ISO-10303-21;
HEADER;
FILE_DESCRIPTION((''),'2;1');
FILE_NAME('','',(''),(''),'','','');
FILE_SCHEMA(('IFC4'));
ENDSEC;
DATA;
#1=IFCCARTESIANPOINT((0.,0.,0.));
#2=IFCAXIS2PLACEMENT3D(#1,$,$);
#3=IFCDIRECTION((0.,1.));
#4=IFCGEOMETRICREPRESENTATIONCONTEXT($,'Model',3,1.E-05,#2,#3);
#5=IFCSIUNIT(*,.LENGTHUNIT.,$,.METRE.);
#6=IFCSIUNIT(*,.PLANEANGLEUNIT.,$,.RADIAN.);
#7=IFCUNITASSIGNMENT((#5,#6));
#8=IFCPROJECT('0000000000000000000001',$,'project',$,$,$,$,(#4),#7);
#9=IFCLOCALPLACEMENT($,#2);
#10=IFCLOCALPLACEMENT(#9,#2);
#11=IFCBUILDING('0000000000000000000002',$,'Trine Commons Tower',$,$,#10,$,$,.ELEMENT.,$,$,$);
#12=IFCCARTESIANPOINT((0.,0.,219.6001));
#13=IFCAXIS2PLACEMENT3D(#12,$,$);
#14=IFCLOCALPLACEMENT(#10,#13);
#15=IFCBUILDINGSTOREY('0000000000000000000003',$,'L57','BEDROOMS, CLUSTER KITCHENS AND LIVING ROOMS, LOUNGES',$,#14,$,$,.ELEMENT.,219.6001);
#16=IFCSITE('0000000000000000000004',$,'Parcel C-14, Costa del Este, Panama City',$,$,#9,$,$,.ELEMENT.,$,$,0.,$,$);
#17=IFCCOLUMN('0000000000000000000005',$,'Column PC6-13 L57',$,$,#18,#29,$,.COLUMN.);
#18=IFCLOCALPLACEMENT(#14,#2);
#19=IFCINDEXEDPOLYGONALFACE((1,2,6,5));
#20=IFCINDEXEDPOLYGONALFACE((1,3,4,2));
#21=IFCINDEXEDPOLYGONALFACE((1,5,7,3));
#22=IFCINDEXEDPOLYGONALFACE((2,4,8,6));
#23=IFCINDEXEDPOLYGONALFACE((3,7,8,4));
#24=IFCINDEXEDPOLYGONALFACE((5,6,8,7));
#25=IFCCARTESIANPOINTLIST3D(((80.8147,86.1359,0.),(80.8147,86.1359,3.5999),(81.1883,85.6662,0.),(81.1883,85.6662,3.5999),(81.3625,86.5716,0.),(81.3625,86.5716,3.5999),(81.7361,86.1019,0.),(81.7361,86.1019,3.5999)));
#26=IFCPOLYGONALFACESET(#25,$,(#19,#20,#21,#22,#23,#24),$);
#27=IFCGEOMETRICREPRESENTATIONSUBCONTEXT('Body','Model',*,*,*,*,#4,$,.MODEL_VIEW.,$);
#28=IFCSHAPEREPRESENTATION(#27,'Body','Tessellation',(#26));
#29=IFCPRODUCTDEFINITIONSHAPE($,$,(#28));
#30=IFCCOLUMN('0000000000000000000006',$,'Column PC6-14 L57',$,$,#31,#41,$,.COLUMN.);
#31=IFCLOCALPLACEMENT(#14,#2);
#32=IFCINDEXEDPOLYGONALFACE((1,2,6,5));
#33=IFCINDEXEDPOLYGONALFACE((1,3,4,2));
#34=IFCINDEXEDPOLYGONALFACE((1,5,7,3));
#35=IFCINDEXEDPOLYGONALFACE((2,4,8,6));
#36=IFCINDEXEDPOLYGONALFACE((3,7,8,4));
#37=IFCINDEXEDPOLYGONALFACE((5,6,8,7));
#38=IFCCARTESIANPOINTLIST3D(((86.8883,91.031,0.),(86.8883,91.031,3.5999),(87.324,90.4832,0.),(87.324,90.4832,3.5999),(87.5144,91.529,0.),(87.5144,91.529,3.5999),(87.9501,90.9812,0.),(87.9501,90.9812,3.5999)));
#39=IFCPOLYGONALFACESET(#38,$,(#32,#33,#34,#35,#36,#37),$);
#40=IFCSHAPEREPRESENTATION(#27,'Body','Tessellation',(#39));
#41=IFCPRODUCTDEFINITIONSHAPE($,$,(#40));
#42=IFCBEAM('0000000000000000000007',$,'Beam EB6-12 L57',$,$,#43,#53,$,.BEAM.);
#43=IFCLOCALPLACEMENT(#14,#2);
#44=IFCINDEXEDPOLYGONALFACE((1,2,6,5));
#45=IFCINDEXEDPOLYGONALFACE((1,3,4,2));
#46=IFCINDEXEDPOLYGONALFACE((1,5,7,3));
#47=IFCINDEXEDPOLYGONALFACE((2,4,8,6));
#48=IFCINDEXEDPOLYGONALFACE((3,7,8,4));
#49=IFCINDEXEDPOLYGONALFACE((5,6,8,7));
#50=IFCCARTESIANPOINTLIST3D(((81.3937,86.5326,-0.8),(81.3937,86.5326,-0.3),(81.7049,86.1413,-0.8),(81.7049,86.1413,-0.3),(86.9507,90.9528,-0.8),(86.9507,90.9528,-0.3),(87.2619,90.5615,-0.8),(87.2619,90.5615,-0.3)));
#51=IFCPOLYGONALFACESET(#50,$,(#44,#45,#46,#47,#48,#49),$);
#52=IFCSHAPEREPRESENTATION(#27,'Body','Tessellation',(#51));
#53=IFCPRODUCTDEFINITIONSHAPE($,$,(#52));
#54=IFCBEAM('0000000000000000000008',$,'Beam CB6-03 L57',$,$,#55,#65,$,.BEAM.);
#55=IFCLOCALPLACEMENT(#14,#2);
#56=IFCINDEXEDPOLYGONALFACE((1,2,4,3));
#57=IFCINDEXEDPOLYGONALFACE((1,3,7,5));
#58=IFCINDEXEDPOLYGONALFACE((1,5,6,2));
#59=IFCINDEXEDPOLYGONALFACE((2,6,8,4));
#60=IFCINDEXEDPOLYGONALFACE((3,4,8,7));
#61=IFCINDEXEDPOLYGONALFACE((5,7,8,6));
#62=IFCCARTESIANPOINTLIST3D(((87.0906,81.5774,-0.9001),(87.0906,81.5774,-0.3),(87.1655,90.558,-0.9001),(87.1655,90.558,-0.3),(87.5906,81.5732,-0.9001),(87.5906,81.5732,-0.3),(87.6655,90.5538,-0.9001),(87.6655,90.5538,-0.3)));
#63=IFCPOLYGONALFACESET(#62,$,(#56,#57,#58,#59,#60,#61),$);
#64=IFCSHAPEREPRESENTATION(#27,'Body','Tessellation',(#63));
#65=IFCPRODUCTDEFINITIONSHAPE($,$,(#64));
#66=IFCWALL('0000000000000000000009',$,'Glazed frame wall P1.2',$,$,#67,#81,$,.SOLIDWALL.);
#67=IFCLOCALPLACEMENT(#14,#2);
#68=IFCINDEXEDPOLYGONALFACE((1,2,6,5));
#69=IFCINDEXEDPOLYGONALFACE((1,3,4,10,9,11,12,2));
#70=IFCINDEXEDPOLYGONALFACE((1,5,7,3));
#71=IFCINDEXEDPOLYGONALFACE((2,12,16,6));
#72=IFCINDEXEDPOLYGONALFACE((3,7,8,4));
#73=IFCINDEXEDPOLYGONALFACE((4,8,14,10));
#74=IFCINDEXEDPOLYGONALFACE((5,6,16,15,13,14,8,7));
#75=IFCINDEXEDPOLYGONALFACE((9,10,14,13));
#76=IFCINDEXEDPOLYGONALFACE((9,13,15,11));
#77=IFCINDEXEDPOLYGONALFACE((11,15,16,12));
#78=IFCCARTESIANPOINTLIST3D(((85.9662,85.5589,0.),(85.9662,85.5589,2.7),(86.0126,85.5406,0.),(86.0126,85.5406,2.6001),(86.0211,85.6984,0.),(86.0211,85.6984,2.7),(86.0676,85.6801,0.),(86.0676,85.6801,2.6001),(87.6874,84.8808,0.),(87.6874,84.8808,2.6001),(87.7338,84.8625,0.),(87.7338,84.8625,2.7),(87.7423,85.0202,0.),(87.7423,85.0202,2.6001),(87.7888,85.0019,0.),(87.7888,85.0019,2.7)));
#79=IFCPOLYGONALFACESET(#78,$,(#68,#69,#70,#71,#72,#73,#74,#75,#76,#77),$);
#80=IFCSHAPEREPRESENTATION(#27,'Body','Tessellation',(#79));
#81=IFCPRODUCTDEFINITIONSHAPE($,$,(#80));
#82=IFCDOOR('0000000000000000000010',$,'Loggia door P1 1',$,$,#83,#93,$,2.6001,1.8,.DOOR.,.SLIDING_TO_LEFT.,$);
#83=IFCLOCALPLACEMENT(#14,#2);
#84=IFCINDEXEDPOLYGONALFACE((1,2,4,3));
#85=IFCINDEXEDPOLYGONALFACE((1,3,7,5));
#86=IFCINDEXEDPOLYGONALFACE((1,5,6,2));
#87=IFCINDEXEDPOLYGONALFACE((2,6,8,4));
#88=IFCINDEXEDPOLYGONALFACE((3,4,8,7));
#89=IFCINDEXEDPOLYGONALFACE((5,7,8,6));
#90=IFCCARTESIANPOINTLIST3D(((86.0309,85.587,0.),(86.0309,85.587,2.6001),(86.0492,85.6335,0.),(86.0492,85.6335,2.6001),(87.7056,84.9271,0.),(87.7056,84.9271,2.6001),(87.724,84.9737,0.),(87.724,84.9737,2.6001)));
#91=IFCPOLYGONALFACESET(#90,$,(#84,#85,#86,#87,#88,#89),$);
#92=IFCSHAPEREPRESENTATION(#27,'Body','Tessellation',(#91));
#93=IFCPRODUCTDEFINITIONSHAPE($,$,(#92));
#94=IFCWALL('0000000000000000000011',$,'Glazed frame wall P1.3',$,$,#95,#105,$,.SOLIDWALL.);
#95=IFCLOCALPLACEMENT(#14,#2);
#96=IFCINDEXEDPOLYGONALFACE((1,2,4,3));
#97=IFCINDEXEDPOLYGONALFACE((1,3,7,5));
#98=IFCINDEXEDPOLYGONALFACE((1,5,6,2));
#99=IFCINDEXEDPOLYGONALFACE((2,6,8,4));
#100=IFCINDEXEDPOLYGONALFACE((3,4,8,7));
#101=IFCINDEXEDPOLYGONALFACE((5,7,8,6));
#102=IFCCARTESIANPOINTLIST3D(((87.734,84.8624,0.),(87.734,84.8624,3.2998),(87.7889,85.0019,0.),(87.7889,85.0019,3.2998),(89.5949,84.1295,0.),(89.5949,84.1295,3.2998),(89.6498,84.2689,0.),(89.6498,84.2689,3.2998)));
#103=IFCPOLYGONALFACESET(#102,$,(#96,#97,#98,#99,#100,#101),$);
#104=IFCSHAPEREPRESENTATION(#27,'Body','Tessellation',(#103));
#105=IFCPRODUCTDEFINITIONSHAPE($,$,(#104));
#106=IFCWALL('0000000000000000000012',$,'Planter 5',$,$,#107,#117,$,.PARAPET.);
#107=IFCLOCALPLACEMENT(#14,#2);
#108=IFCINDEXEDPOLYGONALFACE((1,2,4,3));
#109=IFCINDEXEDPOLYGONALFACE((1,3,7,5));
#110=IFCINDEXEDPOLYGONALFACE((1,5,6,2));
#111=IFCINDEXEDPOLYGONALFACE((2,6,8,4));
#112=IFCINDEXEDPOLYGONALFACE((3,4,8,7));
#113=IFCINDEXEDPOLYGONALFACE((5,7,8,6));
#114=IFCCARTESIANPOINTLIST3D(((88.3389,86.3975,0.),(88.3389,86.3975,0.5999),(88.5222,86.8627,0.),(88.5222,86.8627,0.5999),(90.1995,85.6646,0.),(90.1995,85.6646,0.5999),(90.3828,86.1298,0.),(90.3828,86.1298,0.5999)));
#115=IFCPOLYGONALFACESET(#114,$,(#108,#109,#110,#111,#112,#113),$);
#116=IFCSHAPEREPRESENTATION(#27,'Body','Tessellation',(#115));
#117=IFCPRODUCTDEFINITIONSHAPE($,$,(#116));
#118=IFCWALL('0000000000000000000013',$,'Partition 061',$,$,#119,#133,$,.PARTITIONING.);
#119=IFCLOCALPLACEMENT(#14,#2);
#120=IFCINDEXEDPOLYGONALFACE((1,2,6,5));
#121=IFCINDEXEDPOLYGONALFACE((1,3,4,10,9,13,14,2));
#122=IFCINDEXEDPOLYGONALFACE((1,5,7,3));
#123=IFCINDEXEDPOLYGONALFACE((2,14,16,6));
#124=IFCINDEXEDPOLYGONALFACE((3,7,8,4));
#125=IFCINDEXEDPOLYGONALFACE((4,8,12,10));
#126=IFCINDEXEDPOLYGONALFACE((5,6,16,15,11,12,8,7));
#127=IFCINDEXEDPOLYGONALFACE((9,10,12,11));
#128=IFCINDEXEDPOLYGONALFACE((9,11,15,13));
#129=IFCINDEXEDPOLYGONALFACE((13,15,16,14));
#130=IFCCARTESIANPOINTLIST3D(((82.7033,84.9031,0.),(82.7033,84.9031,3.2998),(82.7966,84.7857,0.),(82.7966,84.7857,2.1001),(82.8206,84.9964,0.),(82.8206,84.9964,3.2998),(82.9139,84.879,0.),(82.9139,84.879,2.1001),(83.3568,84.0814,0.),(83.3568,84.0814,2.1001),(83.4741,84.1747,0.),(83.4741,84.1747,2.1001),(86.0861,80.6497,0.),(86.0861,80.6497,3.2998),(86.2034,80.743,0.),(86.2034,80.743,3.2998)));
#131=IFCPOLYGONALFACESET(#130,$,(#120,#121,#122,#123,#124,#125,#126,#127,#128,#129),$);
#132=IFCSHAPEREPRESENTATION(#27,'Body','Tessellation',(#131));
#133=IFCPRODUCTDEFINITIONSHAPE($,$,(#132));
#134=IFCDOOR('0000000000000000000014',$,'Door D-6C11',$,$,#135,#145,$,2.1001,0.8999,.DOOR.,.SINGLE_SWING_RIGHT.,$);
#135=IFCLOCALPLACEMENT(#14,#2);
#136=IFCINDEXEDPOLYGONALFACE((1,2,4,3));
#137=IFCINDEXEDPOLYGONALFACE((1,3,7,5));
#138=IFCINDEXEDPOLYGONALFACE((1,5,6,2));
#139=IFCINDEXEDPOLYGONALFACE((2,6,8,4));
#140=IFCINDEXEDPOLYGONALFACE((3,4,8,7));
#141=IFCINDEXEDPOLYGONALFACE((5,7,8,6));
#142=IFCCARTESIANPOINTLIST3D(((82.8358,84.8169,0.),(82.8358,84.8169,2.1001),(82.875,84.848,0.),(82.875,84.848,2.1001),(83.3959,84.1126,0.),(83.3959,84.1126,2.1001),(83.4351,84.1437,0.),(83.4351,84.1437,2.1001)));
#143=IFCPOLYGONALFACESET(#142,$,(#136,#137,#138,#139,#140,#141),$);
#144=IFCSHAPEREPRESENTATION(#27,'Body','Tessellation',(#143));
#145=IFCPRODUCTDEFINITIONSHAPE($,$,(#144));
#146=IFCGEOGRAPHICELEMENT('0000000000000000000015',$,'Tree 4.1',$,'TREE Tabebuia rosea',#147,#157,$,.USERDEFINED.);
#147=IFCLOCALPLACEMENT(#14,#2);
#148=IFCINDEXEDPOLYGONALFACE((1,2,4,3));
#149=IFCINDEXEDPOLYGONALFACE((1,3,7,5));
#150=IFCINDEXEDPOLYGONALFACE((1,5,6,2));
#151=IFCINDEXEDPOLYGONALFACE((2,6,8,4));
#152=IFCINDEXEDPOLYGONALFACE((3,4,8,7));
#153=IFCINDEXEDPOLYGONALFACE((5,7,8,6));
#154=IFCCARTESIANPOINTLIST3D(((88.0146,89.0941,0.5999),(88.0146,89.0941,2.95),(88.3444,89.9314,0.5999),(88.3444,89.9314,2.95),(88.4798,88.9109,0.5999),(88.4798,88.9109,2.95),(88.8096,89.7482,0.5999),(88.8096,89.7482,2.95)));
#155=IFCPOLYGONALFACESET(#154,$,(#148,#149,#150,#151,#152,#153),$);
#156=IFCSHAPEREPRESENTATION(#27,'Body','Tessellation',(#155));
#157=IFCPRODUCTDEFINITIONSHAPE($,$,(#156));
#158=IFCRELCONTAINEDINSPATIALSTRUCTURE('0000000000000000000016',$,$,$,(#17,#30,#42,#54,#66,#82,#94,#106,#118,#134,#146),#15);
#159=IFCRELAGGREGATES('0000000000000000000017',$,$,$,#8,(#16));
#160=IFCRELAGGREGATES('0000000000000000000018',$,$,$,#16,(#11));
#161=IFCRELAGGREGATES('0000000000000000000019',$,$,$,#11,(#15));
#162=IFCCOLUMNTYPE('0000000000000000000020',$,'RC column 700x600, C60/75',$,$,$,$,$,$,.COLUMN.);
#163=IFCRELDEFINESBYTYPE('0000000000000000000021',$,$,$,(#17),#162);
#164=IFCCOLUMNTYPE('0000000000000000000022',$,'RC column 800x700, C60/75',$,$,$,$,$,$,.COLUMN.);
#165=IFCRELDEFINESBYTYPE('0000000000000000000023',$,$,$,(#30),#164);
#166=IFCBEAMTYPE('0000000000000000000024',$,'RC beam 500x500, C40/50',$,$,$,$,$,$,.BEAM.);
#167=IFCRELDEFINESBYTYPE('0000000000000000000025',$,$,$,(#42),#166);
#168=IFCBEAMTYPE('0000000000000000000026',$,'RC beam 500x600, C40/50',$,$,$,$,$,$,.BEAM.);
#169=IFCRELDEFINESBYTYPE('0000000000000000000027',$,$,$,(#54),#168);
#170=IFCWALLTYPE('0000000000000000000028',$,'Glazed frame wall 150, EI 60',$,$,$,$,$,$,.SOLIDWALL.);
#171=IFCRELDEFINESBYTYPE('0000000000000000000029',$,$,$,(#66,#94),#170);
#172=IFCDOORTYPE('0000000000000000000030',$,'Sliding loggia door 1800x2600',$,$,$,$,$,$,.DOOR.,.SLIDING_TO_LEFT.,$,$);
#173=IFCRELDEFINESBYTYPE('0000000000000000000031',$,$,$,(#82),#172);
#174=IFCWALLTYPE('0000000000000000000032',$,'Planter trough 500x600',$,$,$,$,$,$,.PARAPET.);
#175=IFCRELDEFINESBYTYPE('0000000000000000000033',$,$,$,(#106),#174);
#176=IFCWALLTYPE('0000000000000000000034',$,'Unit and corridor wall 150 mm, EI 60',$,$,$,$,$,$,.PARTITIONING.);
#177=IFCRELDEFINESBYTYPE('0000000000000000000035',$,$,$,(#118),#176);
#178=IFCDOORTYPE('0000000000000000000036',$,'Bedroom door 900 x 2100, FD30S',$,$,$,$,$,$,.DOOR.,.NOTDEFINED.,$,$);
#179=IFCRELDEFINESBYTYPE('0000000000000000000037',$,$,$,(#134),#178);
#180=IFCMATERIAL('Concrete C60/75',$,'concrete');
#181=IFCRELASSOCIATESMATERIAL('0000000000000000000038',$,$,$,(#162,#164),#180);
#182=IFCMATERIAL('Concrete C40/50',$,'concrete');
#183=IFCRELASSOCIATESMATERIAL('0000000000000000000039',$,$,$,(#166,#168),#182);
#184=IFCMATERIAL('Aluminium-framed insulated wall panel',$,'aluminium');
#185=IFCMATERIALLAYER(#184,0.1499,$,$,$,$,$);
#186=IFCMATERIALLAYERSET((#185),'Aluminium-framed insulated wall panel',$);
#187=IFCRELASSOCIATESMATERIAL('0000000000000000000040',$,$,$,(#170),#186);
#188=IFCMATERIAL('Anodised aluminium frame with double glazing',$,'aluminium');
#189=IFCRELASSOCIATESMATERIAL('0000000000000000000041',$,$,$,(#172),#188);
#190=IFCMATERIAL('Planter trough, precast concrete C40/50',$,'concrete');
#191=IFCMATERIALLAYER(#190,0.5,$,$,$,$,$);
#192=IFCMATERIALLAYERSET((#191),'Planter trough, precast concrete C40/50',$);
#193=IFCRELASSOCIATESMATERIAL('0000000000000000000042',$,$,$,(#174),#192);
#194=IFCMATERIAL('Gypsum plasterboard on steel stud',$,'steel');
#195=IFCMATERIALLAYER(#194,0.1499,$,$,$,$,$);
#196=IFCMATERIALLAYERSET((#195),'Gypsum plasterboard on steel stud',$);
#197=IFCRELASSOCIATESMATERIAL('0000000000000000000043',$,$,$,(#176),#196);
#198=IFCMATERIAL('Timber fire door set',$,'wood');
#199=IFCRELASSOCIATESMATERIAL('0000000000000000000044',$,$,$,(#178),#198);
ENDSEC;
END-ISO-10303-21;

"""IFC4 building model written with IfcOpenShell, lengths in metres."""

from ifc_helpers import new_model, si_unit, direction, frame, frame_2d, origin, origin_2d, place, context, subcontext, project, spatial, polyline, rectangle, outline, extrude, material, layer, layer_set, material_profile, profile_set, type_object, element, fill, save


model = new_model("IFC4")

# Units and contexts
model_context = context("Model", 3, precision=1e-05, world=origin(), true_north=direction((0.0, 1.0)))
body_context = subcontext(model_context, "Body", "Model", "MODEL_VIEW")
ifc_project = project(units=[si_unit("LENGTHUNIT", "METRE"), si_unit("PLANEANGLEUNIT", "RADIAN")], contexts=[model_context])

# Site, building, storey
site_placement = place(None, origin())
site = spatial("IfcSite", under=ifc_project, at=site_placement, Name="Parcel C-14, Costa del Este, Panama City", CompositionType="ELEMENT", RefElevation=0.0)
building_placement = place(site_placement, origin())
building = spatial("IfcBuilding", under=site, at=building_placement, Name="Trine Commons Tower", CompositionType="ELEMENT")
storey_placement = place(building_placement, frame((0.0, 0.0, 219.6001)))
storey = spatial("IfcBuildingStorey", under=building, at=storey_placement, Name="L57", Description="BEDROOMS, CLUSTER KITCHENS AND LIVING ROOMS, LOUNGES", CompositionType="ELEMENT", Elevation=219.6001)

# Columns
ifc_material_1 = material(Name="Concrete C60/75", Category="concrete")
ifc_material_profile_1 = material_profile(ifc_material_1, rectangle(XDim=0.7, YDim=0.6001, at=origin_2d()), Name="RC 700x600")
ifc_profile_set_1 = profile_set([ifc_material_profile_1], Name="Concrete C60/75")
column_type_1 = type_object("IfcColumnType", Name="RC column 700x600, C60/75", PredefinedType="COLUMN", material=ifc_profile_set_1)
column_1_placement = place(storey_placement, frame((81.2754, 86.1189, 0.0), z_axis=(0.0, 0.0, 1.0), x_axis=(0.782608, 0.622515, 0.0)))
element("IfcColumn", 1, at=column_1_placement, inside=storey, type_object=column_type_1, Name="Column PC6-13 L57", PredefinedType="COLUMN", context=body_context, shape_type="SweptSolid", body=[
    extrude(rectangle(XDim=0.7, YDim=0.6001, at=origin_2d()), origin(), (0.0, 0.0, 1.0), 3.5999),
])
ifc_material_profile_2 = material_profile(ifc_material_1, rectangle(XDim=0.8, YDim=0.7, at=origin_2d()), Name="RC 800x700")
ifc_profile_set_2 = profile_set([ifc_material_profile_2], Name="Concrete C60/75")
column_type_2 = type_object("IfcColumnType", Name="RC column 800x700, C60/75", PredefinedType="COLUMN", material=ifc_profile_set_2)
column_2_placement = place(storey_placement, frame((87.4192, 91.0061, 0.0), z_axis=(0.0, 0.0, 1.0), x_axis=(0.782608, 0.622515, 0.0)))
element("IfcColumn", 2, at=column_2_placement, inside=storey, type_object=column_type_2, Name="Column PC6-14 L57", PredefinedType="COLUMN", context=body_context, shape_type="SweptSolid", body=[
    extrude(rectangle(XDim=0.8, YDim=0.7, at=origin_2d()), origin(), (0.0, 0.0, 1.0), 3.5999),
])

# Beams
ifc_material_2 = material(Name="Concrete C40/50", Category="concrete")
ifc_material_profile_3 = material_profile(ifc_material_2, rectangle(XDim=0.5, YDim=0.5, at=origin_2d()), Name="RC 500x500")
ifc_profile_set_3 = profile_set([ifc_material_profile_3], Name="Concrete C40/50")
beam_type_1 = type_object("IfcBeamType", Name="RC beam 500x500, C40/50", PredefinedType="BEAM", material=ifc_profile_set_3)
beam_1_placement = place(storey_placement, frame((81.5493, 86.3369, -0.55), z_axis=(0.782607, 0.622516, 0.0), x_axis=(-0.622516, 0.782607, 0.0)))
element("IfcBeam", 3, at=beam_1_placement, inside=storey, type_object=beam_type_1, Name="Beam EB6-12 L57", PredefinedType="BEAM", context=body_context, shape_type="SweptSolid", body=[
    extrude(rectangle(XDim=0.5, YDim=0.5, at=origin_2d()), origin(), (0.0, 0.0, 1.0), 7.1006),
])
ifc_material_profile_4 = material_profile(ifc_material_2, rectangle(XDim=0.5, YDim=0.6001, at=origin_2d()), Name="RC 500x600")
ifc_profile_set_4 = profile_set([ifc_material_profile_4], Name="Concrete C40/50")
beam_type_2 = type_object("IfcBeamType", Name="RC beam 500x600, C40/50", PredefinedType="BEAM", material=ifc_profile_set_4)
beam_2_placement = place(storey_placement, frame((87.4155, 90.5559, -0.6001), z_axis=(-0.008346, -0.999965, 0.0), x_axis=(0.999965, -0.008346, 0.0)))
element("IfcBeam", 4, at=beam_2_placement, inside=storey, type_object=beam_type_2, Name="Beam CB6-03 L57", PredefinedType="BEAM", context=body_context, shape_type="SweptSolid", body=[
    extrude(rectangle(XDim=0.5, YDim=0.6001, at=origin_2d()), origin(), (0.0, 0.0, 1.0), 8.981),
])

# Shared definitions
ifc_material_3 = material(Name="Aluminium-framed insulated wall panel", Category="aluminium")
ifc_layer_1 = layer(ifc_material_3, 0.1499)
ifc_layer_set_1 = layer_set([ifc_layer_1], Name="Aluminium-framed insulated wall panel")
wall_type_1 = type_object("IfcWallType", Name="Glazed frame wall 150, EI 60", PredefinedType="SOLIDWALL", material=ifc_layer_set_1)

# Wall, opening, door
wall_1_placement = place(storey_placement, frame((85.9937, 85.6287, 0.0), z_axis=(0.0, 0.0, 1.0), x_axis=(0.930387, -0.366578, 0.0)))
wall_1 = element("IfcWall", 5, at=wall_1_placement, inside=storey, type_object=wall_type_1, Name="Glazed frame wall P1.2", PredefinedType="SOLIDWALL", context=body_context, shape_type="SweptSolid", body=[
    extrude(outline(polyline([(0.0, -0.075), (1.8999, -0.075), (1.8999, 0.075), (0.0, 0.075), (0.0, -0.075)])), origin(), (0.0, 0.0, 1.0), 2.7),
])
opening_1_placement = place(wall_1_placement, frame((0.05, 0.0, 0.0)))
opening_1 = element("IfcOpeningElement", 6, at=opening_1_placement, cuts=wall_1, PredefinedType="OPENING", context=body_context, shape_type="SweptSolid", body=[
    extrude(rectangle(XDim=1.8, YDim=2.6001, at=frame_2d((0.8999, 1.3))), frame((0.0, 0.085, 0.0), z_axis=(0.0, -1.0, 0.0), x_axis=(1.0, 0.0, 0.0)), (0.0, 0.0, 1.0), 0.1699),
])
ifc_material_4 = material(Name="Anodised aluminium frame with double glazing", Category="aluminium")
door_type_1 = type_object("IfcDoorType", Name="Sliding loggia door 1800x2600", OperationType="SLIDING_TO_LEFT", PredefinedType="DOOR", material=ifc_material_4)
door_1_placement = place(opening_1_placement, origin())
door_1 = element("IfcDoor", 7, at=door_1_placement, inside=storey, type_object=door_type_1, Name="Loggia door P1 1", OperationType="SLIDING_TO_LEFT", OverallHeight=2.6001, OverallWidth=1.8, PredefinedType="DOOR", context=body_context, shape_type="SweptSolid", body=[
    extrude(rectangle(XDim=1.8, YDim=2.6001, at=frame_2d((0.8999, 1.3))), frame((0.0, 0.0249, 0.0), z_axis=(0.0, -1.0, 0.0), x_axis=(1.0, 0.0, 0.0)), (0.0, 0.0, 1.0), 0.05),
])
fill(opening_1, door_1)

# Walls
wall_2_placement = place(storey_placement, frame((87.7615, 84.9321, 0.0), z_axis=(0.0, 0.0, 1.0), x_axis=(0.930434, -0.36646, 0.0)))
element("IfcWall", 8, at=wall_2_placement, inside=storey, type_object=wall_type_1, Name="Glazed frame wall P1.3", PredefinedType="SOLIDWALL", context=body_context, shape_type="SweptSolid", body=[
    extrude(outline(polyline([(0.0, -0.075), (2.0, -0.075), (2.0, 0.075), (0.0, 0.075), (0.0, -0.075)])), origin(), (0.0, 0.0, 1.0), 3.2998),
])
ifc_material_5 = material(Name="Planter trough, precast concrete C40/50", Category="concrete")
ifc_layer_2 = layer(ifc_material_5, 0.5)
ifc_layer_set_2 = layer_set([ifc_layer_2], Name="Planter trough, precast concrete C40/50")
wall_type_2 = type_object("IfcWallType", Name="Planter trough 500x600", PredefinedType="PARAPET", material=ifc_layer_set_2)
wall_3_placement = place(storey_placement, frame((88.4304, 86.6301, 0.0), z_axis=(0.0, 0.0, 1.0), x_axis=(0.930417, -0.366502, 0.0)))
element("IfcWall", 9, at=wall_3_placement, inside=storey, type_object=wall_type_2, Name="Planter 5", PredefinedType="PARAPET", context=body_context, shape_type="SweptSolid", body=[
    extrude(rectangle(XDim=1.9998, YDim=0.5, at=frame_2d((1.0, 0.0))), origin(), (0.0, 0.0, 1.0), 0.5999),
])

# Wall, opening, door
ifc_material_6 = material(Name="Gypsum plasterboard on steel stud", Category="steel")
ifc_layer_3 = layer(ifc_material_6, 0.1499)
ifc_layer_set_3 = layer_set([ifc_layer_3], Name="Gypsum plasterboard on steel stud")
wall_type_3 = type_object("IfcWallType", Name="Unit and corridor wall 150 mm, EI 60", PredefinedType="PARTITIONING", material=ifc_layer_set_3)
wall_4_placement = place(storey_placement, frame((82.762, 84.9497, 0.0), z_axis=(0.0, 0.0, 1.0), x_axis=(0.622457, -0.782654, 0.0)))
wall_4 = element("IfcWall", 10, at=wall_4_placement, inside=storey, type_object=wall_type_3, Name="Partition 061", PredefinedType="PARTITIONING", context=body_context, shape_type="SweptSolid", body=[
    extrude(rectangle(XDim=5.4346, YDim=0.1499, at=frame_2d((2.7173, 0.0))), origin(), (0.0, 0.0, 1.0), 3.2998),
])
opening_2_placement = place(wall_4_placement, frame((0.1499, 0.0, 0.0)))
opening_2 = element("IfcOpeningElement", 11, at=opening_2_placement, cuts=wall_4, PredefinedType="OPENING", context=body_context, shape_type="SweptSolid", body=[
    extrude(rectangle(XDim=0.8999, YDim=2.1001, at=frame_2d((0.45, 1.05))), frame((0.0, 0.085, 0.0), z_axis=(0.0, -1.0, 0.0), x_axis=(1.0, 0.0, 0.0)), (0.0, 0.0, 1.0), 0.1699),
])
ifc_material_7 = material(Name="Timber fire door set", Category="wood")
door_type_2 = type_object("IfcDoorType", Name="Bedroom door 900 x 2100, FD30S", OperationType="NOTDEFINED", PredefinedType="DOOR", material=ifc_material_7)
door_2_placement = place(opening_2_placement, frame((0.8999, 0.0, 0.0), z_axis=(0.0, 0.0, 1.0), x_axis=(-1.0, 0.0, 0.0)))
door_2 = element("IfcDoor", 12, at=door_2_placement, inside=storey, type_object=door_type_2, Name="Door D-6C11", OperationType="SINGLE_SWING_RIGHT", OverallHeight=2.1001, OverallWidth=0.8999, PredefinedType="DOOR", context=body_context, shape_type="SweptSolid", body=[
    extrude(rectangle(XDim=0.8999, YDim=2.1001, at=frame_2d((0.45, 1.05))), frame((0.0, 0.0249, 0.0), z_axis=(0.0, -1.0, 0.0), x_axis=(1.0, 0.0, 0.0)), (0.0, 0.0, 1.0), 0.05),
])
fill(opening_2, door_2)

# Geographic element
geographic_element_placement = place(storey_placement, frame((88.4121, 89.4211, 0.5999), z_axis=(0.0, 0.0, 1.0), x_axis=(-0.366495, -0.93042, 0.0)))
element("IfcGeographicElement", 13, at=geographic_element_placement, inside=storey, Name="Tree 4.1", ObjectType="TREE Tabebuia rosea", PredefinedType="USERDEFINED", context=body_context, shape_type="SweptSolid", body=[
    extrude(rectangle(XDim=0.8999, YDim=0.5, at=origin_2d()), origin(), (0.0, 0.0, 1.0), 2.3501),
])

save(model, "model.ifc")
